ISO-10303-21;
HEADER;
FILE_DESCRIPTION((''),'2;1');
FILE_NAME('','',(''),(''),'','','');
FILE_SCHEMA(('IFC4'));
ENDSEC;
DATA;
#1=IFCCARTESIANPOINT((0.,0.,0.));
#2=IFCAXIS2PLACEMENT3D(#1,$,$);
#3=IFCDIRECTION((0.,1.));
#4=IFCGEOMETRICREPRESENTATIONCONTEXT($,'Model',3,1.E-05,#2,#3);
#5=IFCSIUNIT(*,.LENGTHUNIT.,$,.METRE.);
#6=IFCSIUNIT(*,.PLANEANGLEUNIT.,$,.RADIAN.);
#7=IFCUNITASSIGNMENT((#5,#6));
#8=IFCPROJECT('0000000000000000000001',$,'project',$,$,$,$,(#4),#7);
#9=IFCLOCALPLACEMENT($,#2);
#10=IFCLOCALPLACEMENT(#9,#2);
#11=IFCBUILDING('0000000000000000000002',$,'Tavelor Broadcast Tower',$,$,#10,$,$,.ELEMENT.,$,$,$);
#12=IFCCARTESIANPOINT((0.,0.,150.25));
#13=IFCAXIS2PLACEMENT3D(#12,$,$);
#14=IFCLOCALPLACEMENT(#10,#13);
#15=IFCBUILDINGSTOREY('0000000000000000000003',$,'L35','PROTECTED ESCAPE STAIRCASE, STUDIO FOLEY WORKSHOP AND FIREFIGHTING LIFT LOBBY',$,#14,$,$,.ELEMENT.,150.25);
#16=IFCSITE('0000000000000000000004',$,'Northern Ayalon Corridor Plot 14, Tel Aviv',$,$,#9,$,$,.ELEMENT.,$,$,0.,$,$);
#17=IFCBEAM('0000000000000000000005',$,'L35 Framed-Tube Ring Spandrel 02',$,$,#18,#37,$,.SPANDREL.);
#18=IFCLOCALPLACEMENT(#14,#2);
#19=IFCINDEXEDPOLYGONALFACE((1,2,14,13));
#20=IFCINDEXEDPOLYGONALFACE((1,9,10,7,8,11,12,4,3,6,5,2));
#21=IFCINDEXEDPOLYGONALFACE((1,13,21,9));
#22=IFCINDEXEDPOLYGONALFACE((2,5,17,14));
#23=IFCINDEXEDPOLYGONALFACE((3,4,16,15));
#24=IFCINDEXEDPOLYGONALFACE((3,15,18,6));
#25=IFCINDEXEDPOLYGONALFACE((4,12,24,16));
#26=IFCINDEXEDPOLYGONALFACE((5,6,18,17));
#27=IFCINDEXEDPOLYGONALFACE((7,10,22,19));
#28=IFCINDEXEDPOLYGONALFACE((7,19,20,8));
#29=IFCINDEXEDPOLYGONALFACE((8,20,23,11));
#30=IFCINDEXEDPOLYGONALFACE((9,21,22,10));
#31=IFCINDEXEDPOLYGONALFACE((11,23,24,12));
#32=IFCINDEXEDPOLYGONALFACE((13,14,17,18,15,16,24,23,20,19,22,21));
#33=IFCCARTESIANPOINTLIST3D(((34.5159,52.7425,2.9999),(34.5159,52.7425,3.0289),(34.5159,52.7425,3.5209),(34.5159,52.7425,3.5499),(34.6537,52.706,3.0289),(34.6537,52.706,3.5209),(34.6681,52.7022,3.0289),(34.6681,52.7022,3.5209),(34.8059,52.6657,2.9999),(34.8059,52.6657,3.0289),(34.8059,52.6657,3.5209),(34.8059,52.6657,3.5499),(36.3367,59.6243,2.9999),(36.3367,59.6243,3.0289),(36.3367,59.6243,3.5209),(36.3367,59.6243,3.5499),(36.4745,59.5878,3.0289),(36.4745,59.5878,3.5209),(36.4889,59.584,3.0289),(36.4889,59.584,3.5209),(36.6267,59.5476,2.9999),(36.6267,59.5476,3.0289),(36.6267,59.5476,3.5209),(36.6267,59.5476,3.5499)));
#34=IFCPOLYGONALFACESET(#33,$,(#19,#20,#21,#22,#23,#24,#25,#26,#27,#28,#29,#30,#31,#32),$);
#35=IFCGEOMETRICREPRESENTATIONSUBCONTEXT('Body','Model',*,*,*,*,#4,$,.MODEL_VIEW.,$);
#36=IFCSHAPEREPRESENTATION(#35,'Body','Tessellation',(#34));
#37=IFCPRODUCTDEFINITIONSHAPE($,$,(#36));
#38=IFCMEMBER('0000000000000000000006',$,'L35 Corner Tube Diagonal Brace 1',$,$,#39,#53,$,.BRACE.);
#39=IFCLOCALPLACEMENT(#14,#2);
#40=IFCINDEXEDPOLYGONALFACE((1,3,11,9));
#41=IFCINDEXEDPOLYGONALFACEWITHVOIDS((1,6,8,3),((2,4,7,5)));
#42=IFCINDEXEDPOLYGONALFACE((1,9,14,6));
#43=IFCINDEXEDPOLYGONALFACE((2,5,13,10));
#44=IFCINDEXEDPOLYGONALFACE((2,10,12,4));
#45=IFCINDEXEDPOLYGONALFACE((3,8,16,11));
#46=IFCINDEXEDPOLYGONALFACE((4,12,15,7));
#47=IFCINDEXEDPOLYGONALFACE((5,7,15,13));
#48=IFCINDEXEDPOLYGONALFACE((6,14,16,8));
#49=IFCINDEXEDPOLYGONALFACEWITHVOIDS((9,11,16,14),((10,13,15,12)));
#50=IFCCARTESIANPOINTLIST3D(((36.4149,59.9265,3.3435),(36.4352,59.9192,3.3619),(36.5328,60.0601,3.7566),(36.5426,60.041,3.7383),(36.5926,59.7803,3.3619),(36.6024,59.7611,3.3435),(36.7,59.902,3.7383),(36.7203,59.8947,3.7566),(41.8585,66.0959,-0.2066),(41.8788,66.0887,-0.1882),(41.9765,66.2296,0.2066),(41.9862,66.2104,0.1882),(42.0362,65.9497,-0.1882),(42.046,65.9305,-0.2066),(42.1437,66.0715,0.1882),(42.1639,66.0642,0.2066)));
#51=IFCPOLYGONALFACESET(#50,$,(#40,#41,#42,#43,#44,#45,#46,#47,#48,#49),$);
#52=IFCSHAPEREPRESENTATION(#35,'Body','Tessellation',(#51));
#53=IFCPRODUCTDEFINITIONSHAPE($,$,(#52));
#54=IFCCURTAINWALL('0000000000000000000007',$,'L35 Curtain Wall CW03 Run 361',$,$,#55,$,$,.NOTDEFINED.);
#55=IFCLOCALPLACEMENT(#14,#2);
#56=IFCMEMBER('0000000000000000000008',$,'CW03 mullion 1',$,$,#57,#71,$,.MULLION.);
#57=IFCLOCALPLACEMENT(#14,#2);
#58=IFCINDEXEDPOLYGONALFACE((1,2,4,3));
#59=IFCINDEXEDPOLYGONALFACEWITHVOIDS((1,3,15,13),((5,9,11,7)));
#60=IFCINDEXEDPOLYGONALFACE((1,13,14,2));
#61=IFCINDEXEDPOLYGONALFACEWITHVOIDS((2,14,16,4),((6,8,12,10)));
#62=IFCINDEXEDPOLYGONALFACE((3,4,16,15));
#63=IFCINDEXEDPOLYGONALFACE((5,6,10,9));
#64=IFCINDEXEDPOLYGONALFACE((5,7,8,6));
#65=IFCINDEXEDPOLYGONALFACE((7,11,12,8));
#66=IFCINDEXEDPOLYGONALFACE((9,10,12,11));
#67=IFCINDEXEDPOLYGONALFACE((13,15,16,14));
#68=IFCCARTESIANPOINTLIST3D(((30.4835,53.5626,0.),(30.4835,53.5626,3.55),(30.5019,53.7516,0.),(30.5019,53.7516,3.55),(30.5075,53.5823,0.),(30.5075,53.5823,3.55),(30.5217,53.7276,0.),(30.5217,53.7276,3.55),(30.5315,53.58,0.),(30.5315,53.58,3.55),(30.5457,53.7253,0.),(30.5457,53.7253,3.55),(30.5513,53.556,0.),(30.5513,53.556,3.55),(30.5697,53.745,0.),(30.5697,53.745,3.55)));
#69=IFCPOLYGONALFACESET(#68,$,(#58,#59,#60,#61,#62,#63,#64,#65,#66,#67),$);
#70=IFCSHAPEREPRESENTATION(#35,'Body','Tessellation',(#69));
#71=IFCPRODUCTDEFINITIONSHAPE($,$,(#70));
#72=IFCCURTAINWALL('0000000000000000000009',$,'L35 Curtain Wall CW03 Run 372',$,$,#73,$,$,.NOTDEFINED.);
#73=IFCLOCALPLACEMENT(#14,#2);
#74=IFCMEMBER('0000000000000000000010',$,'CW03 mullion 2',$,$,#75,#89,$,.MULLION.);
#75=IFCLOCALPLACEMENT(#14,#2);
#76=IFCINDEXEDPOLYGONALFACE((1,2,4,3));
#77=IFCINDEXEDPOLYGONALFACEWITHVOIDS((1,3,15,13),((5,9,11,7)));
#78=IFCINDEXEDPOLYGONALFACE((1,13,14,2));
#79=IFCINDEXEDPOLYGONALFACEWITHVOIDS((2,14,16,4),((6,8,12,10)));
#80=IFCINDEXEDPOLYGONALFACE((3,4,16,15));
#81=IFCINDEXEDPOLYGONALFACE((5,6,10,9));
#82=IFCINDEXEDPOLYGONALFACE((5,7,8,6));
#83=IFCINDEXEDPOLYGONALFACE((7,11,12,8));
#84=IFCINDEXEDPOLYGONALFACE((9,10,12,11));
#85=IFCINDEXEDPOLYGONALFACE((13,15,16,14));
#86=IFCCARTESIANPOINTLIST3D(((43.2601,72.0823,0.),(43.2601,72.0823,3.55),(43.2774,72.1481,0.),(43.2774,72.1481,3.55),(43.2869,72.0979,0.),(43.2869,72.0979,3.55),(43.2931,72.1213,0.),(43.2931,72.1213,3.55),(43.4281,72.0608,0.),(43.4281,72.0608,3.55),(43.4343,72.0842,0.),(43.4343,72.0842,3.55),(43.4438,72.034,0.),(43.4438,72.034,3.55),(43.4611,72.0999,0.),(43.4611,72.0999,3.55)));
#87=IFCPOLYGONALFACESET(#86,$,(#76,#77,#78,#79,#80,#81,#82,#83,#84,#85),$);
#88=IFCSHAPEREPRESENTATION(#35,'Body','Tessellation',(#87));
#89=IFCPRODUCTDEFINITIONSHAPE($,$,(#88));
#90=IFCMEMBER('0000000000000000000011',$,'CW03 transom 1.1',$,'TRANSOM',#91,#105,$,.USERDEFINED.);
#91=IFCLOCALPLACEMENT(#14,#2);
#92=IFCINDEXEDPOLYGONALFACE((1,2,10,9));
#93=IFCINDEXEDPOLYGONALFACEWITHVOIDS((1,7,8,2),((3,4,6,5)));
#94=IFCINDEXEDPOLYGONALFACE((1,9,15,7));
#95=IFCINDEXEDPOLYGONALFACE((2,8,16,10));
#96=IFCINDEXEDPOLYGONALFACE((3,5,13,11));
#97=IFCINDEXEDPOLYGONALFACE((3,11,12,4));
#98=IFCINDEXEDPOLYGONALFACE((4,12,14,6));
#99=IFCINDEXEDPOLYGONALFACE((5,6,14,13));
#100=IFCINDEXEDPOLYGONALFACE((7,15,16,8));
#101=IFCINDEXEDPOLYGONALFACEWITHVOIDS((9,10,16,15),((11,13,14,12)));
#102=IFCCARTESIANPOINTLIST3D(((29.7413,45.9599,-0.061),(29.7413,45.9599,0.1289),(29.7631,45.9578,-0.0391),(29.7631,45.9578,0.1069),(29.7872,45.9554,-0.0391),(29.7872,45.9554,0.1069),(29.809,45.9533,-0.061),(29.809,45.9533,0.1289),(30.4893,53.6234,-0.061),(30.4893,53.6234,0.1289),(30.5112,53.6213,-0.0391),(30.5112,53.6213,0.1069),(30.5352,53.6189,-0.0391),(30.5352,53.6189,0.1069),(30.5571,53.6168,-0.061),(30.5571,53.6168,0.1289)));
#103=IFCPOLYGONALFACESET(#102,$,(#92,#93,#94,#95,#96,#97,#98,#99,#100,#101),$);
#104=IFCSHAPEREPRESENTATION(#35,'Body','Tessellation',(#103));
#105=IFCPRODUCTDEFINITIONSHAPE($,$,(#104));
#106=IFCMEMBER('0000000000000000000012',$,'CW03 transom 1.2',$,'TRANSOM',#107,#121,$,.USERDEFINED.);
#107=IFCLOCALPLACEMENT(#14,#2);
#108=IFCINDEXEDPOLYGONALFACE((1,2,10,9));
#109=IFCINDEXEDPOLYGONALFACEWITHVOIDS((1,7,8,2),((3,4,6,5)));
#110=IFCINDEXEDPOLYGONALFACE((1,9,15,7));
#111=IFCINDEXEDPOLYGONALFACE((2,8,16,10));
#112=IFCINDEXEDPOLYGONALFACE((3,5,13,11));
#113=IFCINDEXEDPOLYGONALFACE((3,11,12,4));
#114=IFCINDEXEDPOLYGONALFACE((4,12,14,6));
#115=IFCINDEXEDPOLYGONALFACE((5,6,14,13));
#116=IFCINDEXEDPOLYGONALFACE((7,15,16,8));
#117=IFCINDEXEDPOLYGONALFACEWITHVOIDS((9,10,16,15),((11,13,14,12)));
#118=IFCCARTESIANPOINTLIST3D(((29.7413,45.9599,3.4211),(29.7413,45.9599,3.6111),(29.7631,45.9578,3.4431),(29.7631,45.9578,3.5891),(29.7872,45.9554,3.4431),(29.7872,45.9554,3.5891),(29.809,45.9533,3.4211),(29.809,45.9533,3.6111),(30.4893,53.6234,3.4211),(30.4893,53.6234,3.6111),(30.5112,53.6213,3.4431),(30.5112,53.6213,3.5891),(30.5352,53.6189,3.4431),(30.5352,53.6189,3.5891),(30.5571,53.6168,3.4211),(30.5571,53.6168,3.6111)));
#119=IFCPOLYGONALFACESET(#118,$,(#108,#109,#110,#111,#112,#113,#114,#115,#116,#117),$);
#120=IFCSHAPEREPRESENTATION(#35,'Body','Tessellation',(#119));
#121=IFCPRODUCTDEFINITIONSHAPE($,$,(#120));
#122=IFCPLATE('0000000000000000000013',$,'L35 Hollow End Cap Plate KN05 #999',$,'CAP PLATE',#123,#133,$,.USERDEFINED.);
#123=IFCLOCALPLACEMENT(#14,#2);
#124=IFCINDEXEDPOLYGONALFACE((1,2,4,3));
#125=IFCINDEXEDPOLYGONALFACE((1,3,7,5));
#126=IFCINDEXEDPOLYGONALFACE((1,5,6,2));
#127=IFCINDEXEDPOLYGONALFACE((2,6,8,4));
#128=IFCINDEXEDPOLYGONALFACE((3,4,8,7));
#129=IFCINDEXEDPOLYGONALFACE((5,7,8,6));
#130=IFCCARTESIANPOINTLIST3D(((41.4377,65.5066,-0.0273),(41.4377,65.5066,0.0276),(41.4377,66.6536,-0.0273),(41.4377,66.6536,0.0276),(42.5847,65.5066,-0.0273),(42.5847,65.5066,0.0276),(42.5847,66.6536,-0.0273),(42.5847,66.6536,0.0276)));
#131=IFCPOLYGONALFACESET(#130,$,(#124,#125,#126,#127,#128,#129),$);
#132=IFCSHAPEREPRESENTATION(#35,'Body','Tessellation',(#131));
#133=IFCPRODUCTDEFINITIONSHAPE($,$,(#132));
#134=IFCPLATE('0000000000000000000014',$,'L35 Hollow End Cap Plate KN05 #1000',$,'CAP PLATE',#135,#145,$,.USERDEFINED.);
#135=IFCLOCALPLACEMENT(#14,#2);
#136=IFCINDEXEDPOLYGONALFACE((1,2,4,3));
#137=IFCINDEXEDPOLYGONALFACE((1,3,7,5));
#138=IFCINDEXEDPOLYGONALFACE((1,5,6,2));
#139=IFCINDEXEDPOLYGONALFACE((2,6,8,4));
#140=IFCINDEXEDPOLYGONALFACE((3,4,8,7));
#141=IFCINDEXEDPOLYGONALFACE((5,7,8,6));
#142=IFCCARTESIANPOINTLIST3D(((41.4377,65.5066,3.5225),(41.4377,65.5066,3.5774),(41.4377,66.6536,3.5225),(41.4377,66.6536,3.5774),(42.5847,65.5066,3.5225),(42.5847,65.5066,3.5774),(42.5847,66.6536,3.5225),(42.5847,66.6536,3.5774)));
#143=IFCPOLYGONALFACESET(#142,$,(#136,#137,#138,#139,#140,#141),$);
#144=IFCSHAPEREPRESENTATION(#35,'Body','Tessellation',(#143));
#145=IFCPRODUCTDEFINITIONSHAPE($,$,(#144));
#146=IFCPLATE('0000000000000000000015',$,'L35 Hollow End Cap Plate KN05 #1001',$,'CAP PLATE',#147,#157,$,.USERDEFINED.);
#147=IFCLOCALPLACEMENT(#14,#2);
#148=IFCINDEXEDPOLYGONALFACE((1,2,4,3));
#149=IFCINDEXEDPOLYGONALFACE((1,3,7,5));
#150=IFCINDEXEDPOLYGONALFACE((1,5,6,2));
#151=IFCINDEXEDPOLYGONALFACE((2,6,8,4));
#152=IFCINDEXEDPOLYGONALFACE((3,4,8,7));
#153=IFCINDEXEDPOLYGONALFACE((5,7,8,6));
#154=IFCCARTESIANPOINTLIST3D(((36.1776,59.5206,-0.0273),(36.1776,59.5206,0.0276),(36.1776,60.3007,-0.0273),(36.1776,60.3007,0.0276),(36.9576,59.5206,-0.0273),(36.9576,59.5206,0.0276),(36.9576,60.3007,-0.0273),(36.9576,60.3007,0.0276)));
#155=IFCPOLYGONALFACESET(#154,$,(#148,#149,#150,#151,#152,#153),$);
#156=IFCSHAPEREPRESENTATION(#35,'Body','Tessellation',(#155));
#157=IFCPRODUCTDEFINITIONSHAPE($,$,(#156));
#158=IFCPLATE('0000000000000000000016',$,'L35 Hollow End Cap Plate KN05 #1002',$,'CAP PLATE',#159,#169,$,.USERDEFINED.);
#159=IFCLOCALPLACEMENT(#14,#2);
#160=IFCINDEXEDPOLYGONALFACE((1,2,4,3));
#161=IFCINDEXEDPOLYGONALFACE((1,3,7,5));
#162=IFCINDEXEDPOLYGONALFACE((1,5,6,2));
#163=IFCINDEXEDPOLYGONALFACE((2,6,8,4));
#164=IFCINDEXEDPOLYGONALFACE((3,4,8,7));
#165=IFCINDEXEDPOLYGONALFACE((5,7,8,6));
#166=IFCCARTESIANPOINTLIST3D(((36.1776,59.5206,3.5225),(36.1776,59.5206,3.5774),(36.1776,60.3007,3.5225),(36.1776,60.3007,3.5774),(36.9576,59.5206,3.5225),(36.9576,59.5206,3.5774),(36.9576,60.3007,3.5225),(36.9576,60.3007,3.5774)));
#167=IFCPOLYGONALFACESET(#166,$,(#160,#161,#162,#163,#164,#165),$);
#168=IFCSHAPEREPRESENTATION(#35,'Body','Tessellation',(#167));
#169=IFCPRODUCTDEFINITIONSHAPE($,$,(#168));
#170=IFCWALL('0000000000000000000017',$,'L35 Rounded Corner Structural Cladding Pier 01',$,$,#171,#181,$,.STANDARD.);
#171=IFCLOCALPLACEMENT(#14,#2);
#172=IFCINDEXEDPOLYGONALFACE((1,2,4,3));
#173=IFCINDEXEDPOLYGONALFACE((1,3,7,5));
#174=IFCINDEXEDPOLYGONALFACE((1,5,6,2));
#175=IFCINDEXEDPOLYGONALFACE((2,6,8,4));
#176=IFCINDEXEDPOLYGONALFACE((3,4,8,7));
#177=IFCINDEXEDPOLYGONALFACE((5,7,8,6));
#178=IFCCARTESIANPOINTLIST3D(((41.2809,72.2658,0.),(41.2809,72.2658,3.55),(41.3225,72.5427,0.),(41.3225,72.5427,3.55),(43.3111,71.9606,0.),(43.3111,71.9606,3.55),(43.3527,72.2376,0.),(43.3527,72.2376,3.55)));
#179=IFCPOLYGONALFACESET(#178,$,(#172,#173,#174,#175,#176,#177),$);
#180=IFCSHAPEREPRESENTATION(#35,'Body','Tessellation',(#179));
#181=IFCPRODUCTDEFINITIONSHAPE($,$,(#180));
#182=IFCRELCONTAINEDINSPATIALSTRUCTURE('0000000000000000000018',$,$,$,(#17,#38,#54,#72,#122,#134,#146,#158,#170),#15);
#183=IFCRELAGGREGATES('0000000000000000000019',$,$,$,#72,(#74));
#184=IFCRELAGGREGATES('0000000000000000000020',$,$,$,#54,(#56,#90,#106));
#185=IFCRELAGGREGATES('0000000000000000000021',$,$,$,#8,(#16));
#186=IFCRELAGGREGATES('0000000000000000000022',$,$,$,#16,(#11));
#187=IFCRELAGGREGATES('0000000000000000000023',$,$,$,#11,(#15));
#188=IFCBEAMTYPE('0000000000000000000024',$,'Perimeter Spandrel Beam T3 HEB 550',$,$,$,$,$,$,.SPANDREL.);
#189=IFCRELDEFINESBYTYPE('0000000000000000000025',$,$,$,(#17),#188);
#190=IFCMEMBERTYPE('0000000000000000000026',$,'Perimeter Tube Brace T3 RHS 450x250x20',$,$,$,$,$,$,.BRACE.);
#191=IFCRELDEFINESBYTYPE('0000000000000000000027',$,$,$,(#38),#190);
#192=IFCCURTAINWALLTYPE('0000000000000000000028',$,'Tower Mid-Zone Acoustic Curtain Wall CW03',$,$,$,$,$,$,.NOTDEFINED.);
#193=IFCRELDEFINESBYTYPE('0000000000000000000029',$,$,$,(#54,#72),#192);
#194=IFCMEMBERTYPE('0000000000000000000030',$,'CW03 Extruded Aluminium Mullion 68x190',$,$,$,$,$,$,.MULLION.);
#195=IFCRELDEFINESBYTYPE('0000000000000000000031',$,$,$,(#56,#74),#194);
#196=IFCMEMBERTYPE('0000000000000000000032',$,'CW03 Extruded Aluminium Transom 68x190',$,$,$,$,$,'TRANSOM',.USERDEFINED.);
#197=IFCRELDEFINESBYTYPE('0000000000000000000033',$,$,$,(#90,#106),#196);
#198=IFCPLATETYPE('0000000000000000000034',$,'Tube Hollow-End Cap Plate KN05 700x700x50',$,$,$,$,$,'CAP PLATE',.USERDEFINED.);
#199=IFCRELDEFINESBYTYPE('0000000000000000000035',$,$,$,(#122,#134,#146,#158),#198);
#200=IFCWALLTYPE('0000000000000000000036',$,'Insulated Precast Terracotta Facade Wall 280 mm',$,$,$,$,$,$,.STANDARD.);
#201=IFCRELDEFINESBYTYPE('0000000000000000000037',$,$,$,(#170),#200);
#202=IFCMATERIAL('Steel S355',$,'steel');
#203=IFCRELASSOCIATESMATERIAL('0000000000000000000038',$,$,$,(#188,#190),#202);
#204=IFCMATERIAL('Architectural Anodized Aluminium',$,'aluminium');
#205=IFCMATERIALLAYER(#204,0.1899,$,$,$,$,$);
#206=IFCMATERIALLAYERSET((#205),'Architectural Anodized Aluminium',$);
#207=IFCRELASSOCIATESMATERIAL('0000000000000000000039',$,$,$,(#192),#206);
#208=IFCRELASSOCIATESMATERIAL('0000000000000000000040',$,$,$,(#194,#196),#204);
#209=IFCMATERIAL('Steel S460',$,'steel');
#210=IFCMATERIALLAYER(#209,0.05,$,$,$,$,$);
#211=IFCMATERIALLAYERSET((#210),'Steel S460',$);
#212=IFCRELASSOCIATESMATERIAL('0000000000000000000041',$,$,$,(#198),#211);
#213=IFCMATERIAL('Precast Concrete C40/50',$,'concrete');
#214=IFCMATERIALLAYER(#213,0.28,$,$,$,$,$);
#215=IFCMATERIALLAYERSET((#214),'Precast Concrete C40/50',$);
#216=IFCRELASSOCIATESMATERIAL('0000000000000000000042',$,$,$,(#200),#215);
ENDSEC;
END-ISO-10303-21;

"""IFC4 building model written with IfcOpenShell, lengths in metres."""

from ifc_helpers import new_model, si_unit, direction, frame, frame_2d, origin, origin_2d, place, context, subcontext, project, spatial, rectangle, hollow_rectangle, i_section, extrude, source, transform, mapped, material, layer, layer_set, material_profile, profile_set, type_object, type_shapes, element, aggregate, save


model = new_model("IFC4")

# Units and contexts
model_context = context("Model", 3, precision=1e-05, world=origin(), true_north=direction((0.0, 1.0)))
body_context = subcontext(model_context, "Body", "Model", "MODEL_VIEW")
ifc_project = project(units=[si_unit("LENGTHUNIT", "METRE"), si_unit("PLANEANGLEUNIT", "RADIAN")], contexts=[model_context])

# Site, building, storey
site_placement = place(None, origin())
site = spatial("IfcSite", under=ifc_project, at=site_placement, Name="Northern Ayalon Corridor Plot 14, Tel Aviv", CompositionType="ELEMENT", RefElevation=0.0)
building_placement = place(site_placement, origin())
building = spatial("IfcBuilding", under=site, at=building_placement, Name="Tavelor Broadcast Tower", CompositionType="ELEMENT")
storey_placement = place(building_placement, frame((0.0, 0.0, 150.25)))
storey = spatial("IfcBuildingStorey", under=building, at=storey_placement, Name="L35", Description="PROTECTED ESCAPE STAIRCASE, STUDIO FOLEY WORKSHOP AND FIREFIGHTING LIFT LOBBY", CompositionType="ELEMENT", Elevation=150.25)

# Shared definitions
ifc_material_1 = material(Name="Steel S460", Category="steel")

# Beam
ifc_material_2 = material(Name="Steel S355", Category="steel")
ifc_material_profile_1 = material_profile(ifc_material_2, i_section(OverallWidth=0.3, OverallDepth=0.55, WebThickness=0.0149, FlangeThickness=0.0291, at=origin_2d()), Name="HEB 550")
ifc_profile_set_1 = profile_set([ifc_material_profile_1], Name="Steel S355")
beam_type_1 = type_object("IfcBeamType", Name="Perimeter Spandrel Beam T3 HEB 550", PredefinedType="SPANDREL", material=ifc_profile_set_1)
beam_1_placement = place(storey_placement, frame((36.4817, 59.5859, 3.2749), z_axis=(-0.255779, -0.966735, 0.0), x_axis=(0.966735, -0.255779, 0.0)))
element("IfcBeam", 1, at=beam_1_placement, inside=storey, type_object=beam_type_1, Name="L35 Framed-Tube Ring Spandrel 02", PredefinedType="SPANDREL", context=body_context, shape_type="SweptSolid", body=[
    extrude(i_section(OverallWidth=0.3, OverallDepth=0.55, WebThickness=0.0149, FlangeThickness=0.0291, at=origin_2d()), origin(), (0.0, 0.0, 1.0), 7.1187),
])

# Member
ifc_material_profile_2 = material_profile(ifc_material_2, hollow_rectangle(XDim=0.25, YDim=0.45, WallThickness=0.02, at=origin_2d()), Name="RHS 450x250x20")
ifc_profile_set_2 = profile_set([ifc_material_profile_2], Name="Steel S355")
member_type_1 = type_object("IfcMemberType", Name="Perimeter Tube Brace T3 RHS 450x250x20", PredefinedType="BRACE", material=ifc_profile_set_2)
member_1_placement = place(storey_placement, frame((42.0112, 66.0801, 0.0), z_axis=(-0.607485, -0.688484, 0.396171), x_axis=(0.749839, -0.661621, 0.0)))
element("IfcMember", 2, at=member_1_placement, inside=storey, type_object=member_type_1, Name="L35 Corner Tube Diagonal Brace 1", PredefinedType="BRACE", context=body_context, shape_type="SweptSolid", body=[
    extrude(hollow_rectangle(XDim=0.25, YDim=0.45, WallThickness=0.02, at=origin_2d()), origin(), (0.0, 0.0, 1.0), 8.9609),
])

# Curtain walls, members
ifc_material_3 = material(Name="Architectural Anodized Aluminium", Category="aluminium")
ifc_layer_1 = layer(ifc_material_3, 0.1899)
ifc_layer_set_1 = layer_set([ifc_layer_1], Name="Architectural Anodized Aluminium")
curtain_wall_type = type_object("IfcCurtainWallType", Name="Tower Mid-Zone Acoustic Curtain Wall CW03", PredefinedType="NOTDEFINED", material=ifc_layer_set_1)
curtain_wall_1_placement = place(storey_placement, origin())
curtain_wall_1 = element("IfcCurtainWall", 3, at=curtain_wall_1_placement, inside=storey, type_object=curtain_wall_type, Name="L35 Curtain Wall CW03 Run 361", PredefinedType="NOTDEFINED")
ifc_material_profile_3 = material_profile(ifc_material_3, hollow_rectangle(XDim=0.0681, YDim=0.1899, WallThickness=0.022, at=origin_2d()), Name="RHS 68x190x22")
ifc_profile_set_3 = profile_set([ifc_material_profile_3], Name="Architectural Anodized Aluminium")
member_type_2 = type_object("IfcMemberType", Name="CW03 Extruded Aluminium Mullion 68x190", PredefinedType="MULLION", material=ifc_profile_set_3)
shared_shape_1 = source(origin(), body_context, "Body", "SweptSolid", [
    extrude(hollow_rectangle(XDim=0.0681, YDim=0.1899, WallThickness=0.022, at=origin_2d()), origin(), (0.0, 0.0, 1.0), 3.55),
])
type_shapes(member_type_2, [shared_shape_1])
member_2_placement = place(storey_placement, frame((30.5266, 53.6538, 0.0), z_axis=(0.0, 0.0, 1.0), x_axis=(0.995269, -0.097156, 0.0)))
member_2 = element("IfcMember", 4, at=member_2_placement, type_object=member_type_2, Name="CW03 mullion 1", PredefinedType="MULLION", context=body_context, shape_type="MappedRepresentation", body=[
    mapped(shared_shape_1, transform((0.0, 0.0, 0.0), scale=1.0)),
])
curtain_wall_2_placement = place(storey_placement, origin())
curtain_wall_2 = element("IfcCurtainWall", 5, at=curtain_wall_2_placement, inside=storey, type_object=curtain_wall_type, Name="L35 Curtain Wall CW03 Run 372", PredefinedType="NOTDEFINED")
member_3_placement = place(storey_placement, frame((43.3606, 72.0911, 0.0), z_axis=(0.0, 0.0, 1.0), x_axis=(-0.254158, -0.967163, 0.0)))
member_3 = element("IfcMember", 6, at=member_3_placement, type_object=member_type_2, Name="CW03 mullion 2", PredefinedType="MULLION", context=body_context, shape_type="MappedRepresentation", body=[
    mapped(shared_shape_1, transform((0.0, 0.0, 0.0), scale=1.0)),
])
aggregate(curtain_wall_2, [member_3])

# Members
ifc_material_profile_4 = material_profile(ifc_material_3, hollow_rectangle(XDim=0.0681, YDim=0.1899, WallThickness=0.022, at=origin_2d()), Name="RHS 68x190x22")
ifc_profile_set_4 = profile_set([ifc_material_profile_4], Name="Architectural Anodized Aluminium")
member_type_3 = type_object("IfcMemberType", Name="CW03 Extruded Aluminium Transom 68x190", ElementType="TRANSOM", PredefinedType="USERDEFINED", material=ifc_profile_set_4)
shared_shape_2 = source(origin(), body_context, "Body", "SweptSolid", [
    extrude(hollow_rectangle(XDim=0.0681, YDim=0.1899, WallThickness=0.022, at=origin_2d()), origin(), (0.0, 0.0, 1.0), 7.7),
])
type_shapes(member_type_3, [shared_shape_2])
member_4_placement = place(storey_placement, frame((30.5232, 53.6201, 0.0339), z_axis=(-0.097149, -0.99527, 0.0), x_axis=(0.99527, -0.097149, 0.0)))
member_4 = element("IfcMember", 7, at=member_4_placement, type_object=member_type_3, Name="CW03 transom 1.1", ObjectType="TRANSOM", PredefinedType="USERDEFINED", context=body_context, shape_type="MappedRepresentation", body=[
    mapped(shared_shape_2, transform((0.0, 0.0, 0.0), scale=1.0)),
])
member_5_placement = place(storey_placement, frame((30.5232, 53.6201, 3.5161), z_axis=(-0.097149, -0.99527, 0.0), x_axis=(0.99527, -0.097149, 0.0)))
member_5 = element("IfcMember", 8, at=member_5_placement, type_object=member_type_3, Name="CW03 transom 1.2", ObjectType="TRANSOM", PredefinedType="USERDEFINED", context=body_context, shape_type="MappedRepresentation", body=[
    mapped(shared_shape_2, transform((0.0, 0.0, 0.0), scale=1.0)),
])
aggregate(curtain_wall_1, [member_2, member_4, member_5])

# Plates
ifc_layer_2 = layer(ifc_material_1, 0.05)
ifc_layer_set_2 = layer_set([ifc_layer_2], Name="Steel S460")
plate_type = type_object("IfcPlateType", Name="Tube Hollow-End Cap Plate KN05 700x700x50", ElementType="CAP PLATE", PredefinedType="USERDEFINED", material=ifc_layer_set_2)
shared_shape_3 = source(origin(), body_context, "Body", "SweptSolid", [
    extrude(rectangle(XDim=1.147, YDim=1.147, at=origin_2d()), origin(), (0.0, 0.0, 1.0), 0.0549),
])
for number, where, z_axis, x_axis, name in (
    (9, (42.0112, 66.0801, -0.0273), (0.0, 0.0, 1.0), (1.0, 0.0, 0.0), "L35 Hollow End Cap Plate KN05 #999"),
    (10, (42.0112, 66.0801, 3.5225), (0.0, 0.0, 1.0), (1.0, 0.0, 0.0), "L35 Hollow End Cap Plate KN05 #1000"),
):
    element("IfcPlate", number, at=place(storey_placement, frame(where, z_axis=z_axis, x_axis=x_axis)), inside=storey, type_object=plate_type, Name=name, ObjectType="CAP PLATE", PredefinedType="USERDEFINED", context=body_context, shape_type="MappedRepresentation", body=[
        mapped(shared_shape_3, transform((0.0, 0.0, 0.0), scale=1.0)),
    ])
shared_shape_4 = source(origin(), body_context, "Body", "SweptSolid", [
    extrude(rectangle(XDim=0.78, YDim=0.78, at=origin_2d()), origin(), (0.0, 0.0, 1.0), 0.0549),
])
type_shapes(plate_type, [shared_shape_3, shared_shape_4])
for number, where, z_axis, x_axis, name in (
    (11, (36.5676, 59.9106, -0.0273), (0.0, 0.0, 1.0), (1.0, 0.0, 0.0), "L35 Hollow End Cap Plate KN05 #1001"),
    (12, (36.5676, 59.9106, 3.5225), (0.0, 0.0, 1.0), (1.0, 0.0, 0.0), "L35 Hollow End Cap Plate KN05 #1002"),
):
    element("IfcPlate", number, at=place(storey_placement, frame(where, z_axis=z_axis, x_axis=x_axis)), inside=storey, type_object=plate_type, Name=name, ObjectType="CAP PLATE", PredefinedType="USERDEFINED", context=body_context, shape_type="MappedRepresentation", body=[
        mapped(shared_shape_4, transform((0.0, 0.0, 0.0), scale=1.0)),
    ])

# Wall
ifc_material_4 = material(Name="Precast Concrete C40/50", Category="concrete")
ifc_layer_3 = layer(ifc_material_4, 0.28)
ifc_layer_set_3 = layer_set([ifc_layer_3], Name="Precast Concrete C40/50")
wall_type_1 = type_object("IfcWallType", Name="Insulated Precast Terracotta Facade Wall 280 mm", PredefinedType="STANDARD", material=ifc_layer_set_3)
wall_1_placement = place(storey_placement, frame((43.3318, 72.0991, 0.0), z_axis=(0.0, 0.0, 1.0), x_axis=(-0.988891, 0.148643, 0.0)))
element("IfcWall", 13, at=wall_1_placement, inside=storey, type_object=wall_type_1, Name="L35 Rounded Corner Structural Cladding Pier 01", PredefinedType="STANDARD", context=body_context, shape_type="SweptSolid", body=[
    extrude(rectangle(XDim=2.053, YDim=0.28, at=frame_2d((1.0264, 0.0))), origin(), (0.0, 0.0, 1.0), 3.55),
])

save(model, "model.ifc")
